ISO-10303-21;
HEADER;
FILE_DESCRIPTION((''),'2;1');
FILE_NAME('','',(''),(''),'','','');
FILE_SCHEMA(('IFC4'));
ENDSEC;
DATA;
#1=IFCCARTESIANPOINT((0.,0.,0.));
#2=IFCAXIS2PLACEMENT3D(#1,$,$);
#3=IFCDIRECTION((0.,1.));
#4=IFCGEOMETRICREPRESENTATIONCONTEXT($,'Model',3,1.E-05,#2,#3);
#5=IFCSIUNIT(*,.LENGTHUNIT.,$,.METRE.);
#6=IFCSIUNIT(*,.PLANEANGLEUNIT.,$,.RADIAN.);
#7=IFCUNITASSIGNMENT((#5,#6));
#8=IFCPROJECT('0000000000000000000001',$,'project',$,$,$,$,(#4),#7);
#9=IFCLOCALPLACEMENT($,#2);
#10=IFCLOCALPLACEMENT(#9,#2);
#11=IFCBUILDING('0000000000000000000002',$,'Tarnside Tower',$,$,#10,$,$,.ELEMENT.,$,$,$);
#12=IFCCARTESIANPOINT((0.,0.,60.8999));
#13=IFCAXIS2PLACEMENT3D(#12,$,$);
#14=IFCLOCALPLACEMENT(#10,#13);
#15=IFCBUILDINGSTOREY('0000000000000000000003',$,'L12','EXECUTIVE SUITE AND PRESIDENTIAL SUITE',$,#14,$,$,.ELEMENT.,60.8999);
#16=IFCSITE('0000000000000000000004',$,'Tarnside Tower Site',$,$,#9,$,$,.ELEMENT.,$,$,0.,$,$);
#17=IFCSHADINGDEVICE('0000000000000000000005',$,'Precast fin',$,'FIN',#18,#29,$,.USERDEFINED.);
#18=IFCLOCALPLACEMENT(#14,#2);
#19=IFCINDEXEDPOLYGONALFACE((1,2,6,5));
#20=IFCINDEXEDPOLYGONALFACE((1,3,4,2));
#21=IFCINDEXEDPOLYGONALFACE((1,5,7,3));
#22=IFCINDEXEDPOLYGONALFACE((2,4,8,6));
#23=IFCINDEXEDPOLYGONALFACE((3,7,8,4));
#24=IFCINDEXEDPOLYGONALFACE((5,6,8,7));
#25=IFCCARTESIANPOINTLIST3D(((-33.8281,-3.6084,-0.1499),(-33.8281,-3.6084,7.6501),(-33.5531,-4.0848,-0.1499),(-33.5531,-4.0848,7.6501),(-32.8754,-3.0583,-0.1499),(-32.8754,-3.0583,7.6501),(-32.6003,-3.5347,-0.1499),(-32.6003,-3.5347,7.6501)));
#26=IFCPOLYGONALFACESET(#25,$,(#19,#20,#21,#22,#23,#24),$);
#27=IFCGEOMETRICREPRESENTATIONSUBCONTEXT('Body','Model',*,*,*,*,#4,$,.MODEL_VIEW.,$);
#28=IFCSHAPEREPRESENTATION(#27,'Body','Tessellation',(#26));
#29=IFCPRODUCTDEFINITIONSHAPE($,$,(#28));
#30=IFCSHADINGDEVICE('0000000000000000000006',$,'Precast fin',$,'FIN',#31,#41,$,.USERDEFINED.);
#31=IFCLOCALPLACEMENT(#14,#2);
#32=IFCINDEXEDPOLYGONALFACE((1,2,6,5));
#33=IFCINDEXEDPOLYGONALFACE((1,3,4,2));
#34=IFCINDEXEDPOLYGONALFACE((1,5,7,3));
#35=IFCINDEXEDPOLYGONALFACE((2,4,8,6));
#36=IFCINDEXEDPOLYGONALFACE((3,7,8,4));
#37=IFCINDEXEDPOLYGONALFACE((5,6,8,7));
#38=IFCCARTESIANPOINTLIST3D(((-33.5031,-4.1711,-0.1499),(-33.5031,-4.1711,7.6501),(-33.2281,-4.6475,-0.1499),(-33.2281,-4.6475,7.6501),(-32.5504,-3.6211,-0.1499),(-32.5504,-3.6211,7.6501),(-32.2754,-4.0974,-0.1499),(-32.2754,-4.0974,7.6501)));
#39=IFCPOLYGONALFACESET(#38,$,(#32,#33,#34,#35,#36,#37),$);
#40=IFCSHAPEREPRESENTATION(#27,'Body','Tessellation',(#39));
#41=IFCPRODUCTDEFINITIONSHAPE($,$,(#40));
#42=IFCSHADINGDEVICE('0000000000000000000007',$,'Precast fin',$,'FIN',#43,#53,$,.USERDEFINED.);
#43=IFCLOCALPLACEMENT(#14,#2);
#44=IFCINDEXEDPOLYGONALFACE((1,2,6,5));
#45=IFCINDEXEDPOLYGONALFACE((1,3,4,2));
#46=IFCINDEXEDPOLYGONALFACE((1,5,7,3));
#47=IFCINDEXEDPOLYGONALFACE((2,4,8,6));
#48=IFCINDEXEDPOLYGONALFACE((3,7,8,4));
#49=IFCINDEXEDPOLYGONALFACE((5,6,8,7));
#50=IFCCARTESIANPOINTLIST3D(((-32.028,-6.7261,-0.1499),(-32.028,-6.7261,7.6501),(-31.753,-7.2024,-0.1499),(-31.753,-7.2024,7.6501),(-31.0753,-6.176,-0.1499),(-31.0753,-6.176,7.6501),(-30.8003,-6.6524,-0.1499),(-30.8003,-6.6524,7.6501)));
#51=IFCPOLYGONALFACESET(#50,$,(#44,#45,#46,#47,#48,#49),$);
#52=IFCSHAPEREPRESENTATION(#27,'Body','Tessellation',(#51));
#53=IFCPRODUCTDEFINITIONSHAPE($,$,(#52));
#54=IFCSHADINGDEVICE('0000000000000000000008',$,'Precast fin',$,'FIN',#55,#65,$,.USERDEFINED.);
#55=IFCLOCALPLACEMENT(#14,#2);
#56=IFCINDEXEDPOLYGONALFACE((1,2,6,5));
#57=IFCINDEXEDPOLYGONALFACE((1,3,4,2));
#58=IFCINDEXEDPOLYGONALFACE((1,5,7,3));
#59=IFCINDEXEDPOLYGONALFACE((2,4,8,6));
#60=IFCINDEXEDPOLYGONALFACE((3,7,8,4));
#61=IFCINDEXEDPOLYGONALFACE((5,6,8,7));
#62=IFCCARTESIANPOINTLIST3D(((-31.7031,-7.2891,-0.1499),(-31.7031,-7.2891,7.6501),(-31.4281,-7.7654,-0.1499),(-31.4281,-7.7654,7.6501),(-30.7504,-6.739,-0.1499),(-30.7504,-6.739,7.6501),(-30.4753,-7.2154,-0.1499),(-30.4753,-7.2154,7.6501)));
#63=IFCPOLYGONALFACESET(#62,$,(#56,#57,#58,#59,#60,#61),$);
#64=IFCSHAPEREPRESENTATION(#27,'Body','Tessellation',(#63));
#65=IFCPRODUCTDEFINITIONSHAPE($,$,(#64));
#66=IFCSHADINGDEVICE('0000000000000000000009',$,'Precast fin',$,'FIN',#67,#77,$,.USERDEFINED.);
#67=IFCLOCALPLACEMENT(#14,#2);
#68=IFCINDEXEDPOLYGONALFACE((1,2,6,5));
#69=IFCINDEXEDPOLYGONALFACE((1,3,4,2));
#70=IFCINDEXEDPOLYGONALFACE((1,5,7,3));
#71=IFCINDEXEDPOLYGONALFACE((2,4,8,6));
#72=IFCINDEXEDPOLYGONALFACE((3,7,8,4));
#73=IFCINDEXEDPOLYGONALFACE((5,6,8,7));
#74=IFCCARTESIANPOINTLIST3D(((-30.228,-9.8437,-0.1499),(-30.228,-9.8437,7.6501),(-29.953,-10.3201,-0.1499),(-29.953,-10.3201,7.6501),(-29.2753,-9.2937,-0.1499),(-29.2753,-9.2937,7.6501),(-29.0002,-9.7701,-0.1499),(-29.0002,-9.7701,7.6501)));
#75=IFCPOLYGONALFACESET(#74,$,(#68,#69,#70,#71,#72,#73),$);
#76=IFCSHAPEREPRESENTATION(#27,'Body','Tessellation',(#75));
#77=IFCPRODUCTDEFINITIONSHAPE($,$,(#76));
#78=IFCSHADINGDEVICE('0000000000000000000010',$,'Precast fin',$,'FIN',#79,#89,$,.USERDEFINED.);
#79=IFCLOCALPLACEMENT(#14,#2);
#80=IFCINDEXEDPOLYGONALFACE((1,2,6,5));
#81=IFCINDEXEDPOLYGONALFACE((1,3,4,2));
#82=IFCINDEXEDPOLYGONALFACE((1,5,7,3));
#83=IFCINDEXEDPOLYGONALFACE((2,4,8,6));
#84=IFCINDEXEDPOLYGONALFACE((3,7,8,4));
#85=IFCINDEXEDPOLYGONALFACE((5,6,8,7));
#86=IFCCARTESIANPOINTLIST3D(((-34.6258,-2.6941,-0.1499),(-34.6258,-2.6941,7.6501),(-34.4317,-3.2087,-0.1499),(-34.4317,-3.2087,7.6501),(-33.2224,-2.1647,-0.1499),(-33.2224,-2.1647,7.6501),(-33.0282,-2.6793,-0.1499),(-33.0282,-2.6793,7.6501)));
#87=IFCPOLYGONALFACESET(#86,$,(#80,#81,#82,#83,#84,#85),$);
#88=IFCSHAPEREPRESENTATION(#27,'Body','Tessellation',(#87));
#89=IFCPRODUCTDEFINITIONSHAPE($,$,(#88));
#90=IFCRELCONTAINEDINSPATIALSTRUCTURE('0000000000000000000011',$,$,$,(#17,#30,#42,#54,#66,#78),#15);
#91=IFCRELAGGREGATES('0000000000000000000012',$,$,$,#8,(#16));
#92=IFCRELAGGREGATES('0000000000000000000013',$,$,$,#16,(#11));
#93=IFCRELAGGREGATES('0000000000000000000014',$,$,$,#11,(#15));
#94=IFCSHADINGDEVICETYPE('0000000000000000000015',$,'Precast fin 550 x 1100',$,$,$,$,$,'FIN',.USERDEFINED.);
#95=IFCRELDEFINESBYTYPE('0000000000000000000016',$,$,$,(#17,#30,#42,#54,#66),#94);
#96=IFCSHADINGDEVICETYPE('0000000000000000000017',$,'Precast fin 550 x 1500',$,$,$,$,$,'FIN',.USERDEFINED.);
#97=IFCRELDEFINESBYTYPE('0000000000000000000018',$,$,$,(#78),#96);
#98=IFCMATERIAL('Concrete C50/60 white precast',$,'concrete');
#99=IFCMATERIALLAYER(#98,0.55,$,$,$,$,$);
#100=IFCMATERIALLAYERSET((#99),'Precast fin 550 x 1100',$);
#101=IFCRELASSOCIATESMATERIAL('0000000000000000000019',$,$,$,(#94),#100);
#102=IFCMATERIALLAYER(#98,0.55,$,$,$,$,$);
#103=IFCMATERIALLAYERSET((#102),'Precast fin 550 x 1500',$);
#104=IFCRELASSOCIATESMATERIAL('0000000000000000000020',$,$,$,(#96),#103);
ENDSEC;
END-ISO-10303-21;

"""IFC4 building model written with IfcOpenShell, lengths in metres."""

from ifc_helpers import new_model, si_unit, direction, frame, origin, place, context, subcontext, project, spatial, polyline, outline, extrude, material, layer, layer_set, type_object, element, save


model = new_model("IFC4")

# Units and contexts
model_context = context("Model", 3, precision=1e-05, world=origin(), true_north=direction((0.0, 1.0)))
body_context = subcontext(model_context, "Body", "Model", "MODEL_VIEW")
ifc_project = project(units=[si_unit("LENGTHUNIT", "METRE"), si_unit("PLANEANGLEUNIT", "RADIAN")], contexts=[model_context])

# Site, building, storey
site_placement = place(None, origin())
site = spatial("IfcSite", under=ifc_project, at=site_placement, Name="Tarnside Tower Site", CompositionType="ELEMENT", RefElevation=0.0)
building_placement = place(site_placement, origin())
building = spatial("IfcBuilding", under=site, at=building_placement, Name="Tarnside Tower", CompositionType="ELEMENT")
storey_placement = place(building_placement, frame((0.0, 0.0, 60.8999)))
storey = spatial("IfcBuildingStorey", under=building, at=storey_placement, Name="L12", Description="EXECUTIVE SUITE AND PRESIDENTIAL SUITE", CompositionType="ELEMENT", Elevation=60.8999)

# Shading devices
ifc_material_1 = material(Name="Concrete C50/60 white precast", Category="concrete")
ifc_layer_1 = layer(ifc_material_1, 0.55)
ifc_layer_set_1 = layer_set([ifc_layer_1], Name="Precast fin 550 x 1100")
shading_device_type_1 = type_object("IfcShadingDeviceType", Name="Precast fin 550 x 1100", ElementType="FIN", PredefinedType="USERDEFINED", material=ifc_layer_set_1)
for number, where, z_axis, x_axis, name in (
    (1, (-32.7378, -3.2966, -0.1499), (-0.5, 0.866025, 0.0), (-0.866025, -0.5, 0.0), "Precast fin"),
    (2, (-32.4128, -3.8594, -0.1499), (-0.5, 0.866025, 0.0), (-0.866025, -0.5, 0.0), "Precast fin"),
    (3, (-30.9377, -6.4143, -0.1499), (-0.5, 0.866025, 0.0), (-0.866025, -0.5, 0.0), "Precast fin"),
    (4, (-30.6128, -6.9773, -0.1499), (-0.5, 0.866025, 0.0), (-0.866025, -0.5, 0.0), "Precast fin"),
    (5, (-29.1377, -9.532, -0.1499), (-0.5, 0.866025, 0.0), (-0.866025, -0.5, 0.0), "Precast fin"),
):
    element("IfcShadingDevice", number, at=place(storey_placement, frame(where, z_axis=z_axis, x_axis=x_axis)), inside=storey, type_object=shading_device_type_1, Name=name, ObjectType="FIN", PredefinedType="USERDEFINED", context=body_context, shape_type="SweptSolid", body=[
        extrude(outline(polyline([(0.0, 0.0), (1.1001, 0.0), (1.1001, 7.8), (0.0, 7.8), (0.0, 0.0)])), frame((0.0, 0.0, -0.2749)), (0.0, 0.0, 1.0), 0.55),
    ])
ifc_layer_2 = layer(ifc_material_1, 0.55)
ifc_layer_set_2 = layer_set([ifc_layer_2], Name="Precast fin 550 x 1500")
shading_device_type_2 = type_object("IfcShadingDeviceType", Name="Precast fin 550 x 1500", ElementType="FIN", PredefinedType="USERDEFINED", material=ifc_layer_set_2)
shading_device_placement = place(storey_placement, frame((-33.1252, -2.4221, -0.1499), z_axis=(-0.352931, 0.93565, 0.0), x_axis=(-0.93565, -0.352931, 0.0)))
element("IfcShadingDevice", 6, at=shading_device_placement, inside=storey, type_object=shading_device_type_2, Name="Precast fin", ObjectType="FIN", PredefinedType="USERDEFINED", context=body_context, shape_type="SweptSolid", body=[
    extrude(outline(polyline([(0.0, 0.0), (1.5, 0.0), (1.5, 7.8), (0.0, 7.8), (0.0, 0.0)])), frame((0.0, 0.0, -0.2749)), (0.0, 0.0, 1.0), 0.55),
])

save(model, "model.ifc")
